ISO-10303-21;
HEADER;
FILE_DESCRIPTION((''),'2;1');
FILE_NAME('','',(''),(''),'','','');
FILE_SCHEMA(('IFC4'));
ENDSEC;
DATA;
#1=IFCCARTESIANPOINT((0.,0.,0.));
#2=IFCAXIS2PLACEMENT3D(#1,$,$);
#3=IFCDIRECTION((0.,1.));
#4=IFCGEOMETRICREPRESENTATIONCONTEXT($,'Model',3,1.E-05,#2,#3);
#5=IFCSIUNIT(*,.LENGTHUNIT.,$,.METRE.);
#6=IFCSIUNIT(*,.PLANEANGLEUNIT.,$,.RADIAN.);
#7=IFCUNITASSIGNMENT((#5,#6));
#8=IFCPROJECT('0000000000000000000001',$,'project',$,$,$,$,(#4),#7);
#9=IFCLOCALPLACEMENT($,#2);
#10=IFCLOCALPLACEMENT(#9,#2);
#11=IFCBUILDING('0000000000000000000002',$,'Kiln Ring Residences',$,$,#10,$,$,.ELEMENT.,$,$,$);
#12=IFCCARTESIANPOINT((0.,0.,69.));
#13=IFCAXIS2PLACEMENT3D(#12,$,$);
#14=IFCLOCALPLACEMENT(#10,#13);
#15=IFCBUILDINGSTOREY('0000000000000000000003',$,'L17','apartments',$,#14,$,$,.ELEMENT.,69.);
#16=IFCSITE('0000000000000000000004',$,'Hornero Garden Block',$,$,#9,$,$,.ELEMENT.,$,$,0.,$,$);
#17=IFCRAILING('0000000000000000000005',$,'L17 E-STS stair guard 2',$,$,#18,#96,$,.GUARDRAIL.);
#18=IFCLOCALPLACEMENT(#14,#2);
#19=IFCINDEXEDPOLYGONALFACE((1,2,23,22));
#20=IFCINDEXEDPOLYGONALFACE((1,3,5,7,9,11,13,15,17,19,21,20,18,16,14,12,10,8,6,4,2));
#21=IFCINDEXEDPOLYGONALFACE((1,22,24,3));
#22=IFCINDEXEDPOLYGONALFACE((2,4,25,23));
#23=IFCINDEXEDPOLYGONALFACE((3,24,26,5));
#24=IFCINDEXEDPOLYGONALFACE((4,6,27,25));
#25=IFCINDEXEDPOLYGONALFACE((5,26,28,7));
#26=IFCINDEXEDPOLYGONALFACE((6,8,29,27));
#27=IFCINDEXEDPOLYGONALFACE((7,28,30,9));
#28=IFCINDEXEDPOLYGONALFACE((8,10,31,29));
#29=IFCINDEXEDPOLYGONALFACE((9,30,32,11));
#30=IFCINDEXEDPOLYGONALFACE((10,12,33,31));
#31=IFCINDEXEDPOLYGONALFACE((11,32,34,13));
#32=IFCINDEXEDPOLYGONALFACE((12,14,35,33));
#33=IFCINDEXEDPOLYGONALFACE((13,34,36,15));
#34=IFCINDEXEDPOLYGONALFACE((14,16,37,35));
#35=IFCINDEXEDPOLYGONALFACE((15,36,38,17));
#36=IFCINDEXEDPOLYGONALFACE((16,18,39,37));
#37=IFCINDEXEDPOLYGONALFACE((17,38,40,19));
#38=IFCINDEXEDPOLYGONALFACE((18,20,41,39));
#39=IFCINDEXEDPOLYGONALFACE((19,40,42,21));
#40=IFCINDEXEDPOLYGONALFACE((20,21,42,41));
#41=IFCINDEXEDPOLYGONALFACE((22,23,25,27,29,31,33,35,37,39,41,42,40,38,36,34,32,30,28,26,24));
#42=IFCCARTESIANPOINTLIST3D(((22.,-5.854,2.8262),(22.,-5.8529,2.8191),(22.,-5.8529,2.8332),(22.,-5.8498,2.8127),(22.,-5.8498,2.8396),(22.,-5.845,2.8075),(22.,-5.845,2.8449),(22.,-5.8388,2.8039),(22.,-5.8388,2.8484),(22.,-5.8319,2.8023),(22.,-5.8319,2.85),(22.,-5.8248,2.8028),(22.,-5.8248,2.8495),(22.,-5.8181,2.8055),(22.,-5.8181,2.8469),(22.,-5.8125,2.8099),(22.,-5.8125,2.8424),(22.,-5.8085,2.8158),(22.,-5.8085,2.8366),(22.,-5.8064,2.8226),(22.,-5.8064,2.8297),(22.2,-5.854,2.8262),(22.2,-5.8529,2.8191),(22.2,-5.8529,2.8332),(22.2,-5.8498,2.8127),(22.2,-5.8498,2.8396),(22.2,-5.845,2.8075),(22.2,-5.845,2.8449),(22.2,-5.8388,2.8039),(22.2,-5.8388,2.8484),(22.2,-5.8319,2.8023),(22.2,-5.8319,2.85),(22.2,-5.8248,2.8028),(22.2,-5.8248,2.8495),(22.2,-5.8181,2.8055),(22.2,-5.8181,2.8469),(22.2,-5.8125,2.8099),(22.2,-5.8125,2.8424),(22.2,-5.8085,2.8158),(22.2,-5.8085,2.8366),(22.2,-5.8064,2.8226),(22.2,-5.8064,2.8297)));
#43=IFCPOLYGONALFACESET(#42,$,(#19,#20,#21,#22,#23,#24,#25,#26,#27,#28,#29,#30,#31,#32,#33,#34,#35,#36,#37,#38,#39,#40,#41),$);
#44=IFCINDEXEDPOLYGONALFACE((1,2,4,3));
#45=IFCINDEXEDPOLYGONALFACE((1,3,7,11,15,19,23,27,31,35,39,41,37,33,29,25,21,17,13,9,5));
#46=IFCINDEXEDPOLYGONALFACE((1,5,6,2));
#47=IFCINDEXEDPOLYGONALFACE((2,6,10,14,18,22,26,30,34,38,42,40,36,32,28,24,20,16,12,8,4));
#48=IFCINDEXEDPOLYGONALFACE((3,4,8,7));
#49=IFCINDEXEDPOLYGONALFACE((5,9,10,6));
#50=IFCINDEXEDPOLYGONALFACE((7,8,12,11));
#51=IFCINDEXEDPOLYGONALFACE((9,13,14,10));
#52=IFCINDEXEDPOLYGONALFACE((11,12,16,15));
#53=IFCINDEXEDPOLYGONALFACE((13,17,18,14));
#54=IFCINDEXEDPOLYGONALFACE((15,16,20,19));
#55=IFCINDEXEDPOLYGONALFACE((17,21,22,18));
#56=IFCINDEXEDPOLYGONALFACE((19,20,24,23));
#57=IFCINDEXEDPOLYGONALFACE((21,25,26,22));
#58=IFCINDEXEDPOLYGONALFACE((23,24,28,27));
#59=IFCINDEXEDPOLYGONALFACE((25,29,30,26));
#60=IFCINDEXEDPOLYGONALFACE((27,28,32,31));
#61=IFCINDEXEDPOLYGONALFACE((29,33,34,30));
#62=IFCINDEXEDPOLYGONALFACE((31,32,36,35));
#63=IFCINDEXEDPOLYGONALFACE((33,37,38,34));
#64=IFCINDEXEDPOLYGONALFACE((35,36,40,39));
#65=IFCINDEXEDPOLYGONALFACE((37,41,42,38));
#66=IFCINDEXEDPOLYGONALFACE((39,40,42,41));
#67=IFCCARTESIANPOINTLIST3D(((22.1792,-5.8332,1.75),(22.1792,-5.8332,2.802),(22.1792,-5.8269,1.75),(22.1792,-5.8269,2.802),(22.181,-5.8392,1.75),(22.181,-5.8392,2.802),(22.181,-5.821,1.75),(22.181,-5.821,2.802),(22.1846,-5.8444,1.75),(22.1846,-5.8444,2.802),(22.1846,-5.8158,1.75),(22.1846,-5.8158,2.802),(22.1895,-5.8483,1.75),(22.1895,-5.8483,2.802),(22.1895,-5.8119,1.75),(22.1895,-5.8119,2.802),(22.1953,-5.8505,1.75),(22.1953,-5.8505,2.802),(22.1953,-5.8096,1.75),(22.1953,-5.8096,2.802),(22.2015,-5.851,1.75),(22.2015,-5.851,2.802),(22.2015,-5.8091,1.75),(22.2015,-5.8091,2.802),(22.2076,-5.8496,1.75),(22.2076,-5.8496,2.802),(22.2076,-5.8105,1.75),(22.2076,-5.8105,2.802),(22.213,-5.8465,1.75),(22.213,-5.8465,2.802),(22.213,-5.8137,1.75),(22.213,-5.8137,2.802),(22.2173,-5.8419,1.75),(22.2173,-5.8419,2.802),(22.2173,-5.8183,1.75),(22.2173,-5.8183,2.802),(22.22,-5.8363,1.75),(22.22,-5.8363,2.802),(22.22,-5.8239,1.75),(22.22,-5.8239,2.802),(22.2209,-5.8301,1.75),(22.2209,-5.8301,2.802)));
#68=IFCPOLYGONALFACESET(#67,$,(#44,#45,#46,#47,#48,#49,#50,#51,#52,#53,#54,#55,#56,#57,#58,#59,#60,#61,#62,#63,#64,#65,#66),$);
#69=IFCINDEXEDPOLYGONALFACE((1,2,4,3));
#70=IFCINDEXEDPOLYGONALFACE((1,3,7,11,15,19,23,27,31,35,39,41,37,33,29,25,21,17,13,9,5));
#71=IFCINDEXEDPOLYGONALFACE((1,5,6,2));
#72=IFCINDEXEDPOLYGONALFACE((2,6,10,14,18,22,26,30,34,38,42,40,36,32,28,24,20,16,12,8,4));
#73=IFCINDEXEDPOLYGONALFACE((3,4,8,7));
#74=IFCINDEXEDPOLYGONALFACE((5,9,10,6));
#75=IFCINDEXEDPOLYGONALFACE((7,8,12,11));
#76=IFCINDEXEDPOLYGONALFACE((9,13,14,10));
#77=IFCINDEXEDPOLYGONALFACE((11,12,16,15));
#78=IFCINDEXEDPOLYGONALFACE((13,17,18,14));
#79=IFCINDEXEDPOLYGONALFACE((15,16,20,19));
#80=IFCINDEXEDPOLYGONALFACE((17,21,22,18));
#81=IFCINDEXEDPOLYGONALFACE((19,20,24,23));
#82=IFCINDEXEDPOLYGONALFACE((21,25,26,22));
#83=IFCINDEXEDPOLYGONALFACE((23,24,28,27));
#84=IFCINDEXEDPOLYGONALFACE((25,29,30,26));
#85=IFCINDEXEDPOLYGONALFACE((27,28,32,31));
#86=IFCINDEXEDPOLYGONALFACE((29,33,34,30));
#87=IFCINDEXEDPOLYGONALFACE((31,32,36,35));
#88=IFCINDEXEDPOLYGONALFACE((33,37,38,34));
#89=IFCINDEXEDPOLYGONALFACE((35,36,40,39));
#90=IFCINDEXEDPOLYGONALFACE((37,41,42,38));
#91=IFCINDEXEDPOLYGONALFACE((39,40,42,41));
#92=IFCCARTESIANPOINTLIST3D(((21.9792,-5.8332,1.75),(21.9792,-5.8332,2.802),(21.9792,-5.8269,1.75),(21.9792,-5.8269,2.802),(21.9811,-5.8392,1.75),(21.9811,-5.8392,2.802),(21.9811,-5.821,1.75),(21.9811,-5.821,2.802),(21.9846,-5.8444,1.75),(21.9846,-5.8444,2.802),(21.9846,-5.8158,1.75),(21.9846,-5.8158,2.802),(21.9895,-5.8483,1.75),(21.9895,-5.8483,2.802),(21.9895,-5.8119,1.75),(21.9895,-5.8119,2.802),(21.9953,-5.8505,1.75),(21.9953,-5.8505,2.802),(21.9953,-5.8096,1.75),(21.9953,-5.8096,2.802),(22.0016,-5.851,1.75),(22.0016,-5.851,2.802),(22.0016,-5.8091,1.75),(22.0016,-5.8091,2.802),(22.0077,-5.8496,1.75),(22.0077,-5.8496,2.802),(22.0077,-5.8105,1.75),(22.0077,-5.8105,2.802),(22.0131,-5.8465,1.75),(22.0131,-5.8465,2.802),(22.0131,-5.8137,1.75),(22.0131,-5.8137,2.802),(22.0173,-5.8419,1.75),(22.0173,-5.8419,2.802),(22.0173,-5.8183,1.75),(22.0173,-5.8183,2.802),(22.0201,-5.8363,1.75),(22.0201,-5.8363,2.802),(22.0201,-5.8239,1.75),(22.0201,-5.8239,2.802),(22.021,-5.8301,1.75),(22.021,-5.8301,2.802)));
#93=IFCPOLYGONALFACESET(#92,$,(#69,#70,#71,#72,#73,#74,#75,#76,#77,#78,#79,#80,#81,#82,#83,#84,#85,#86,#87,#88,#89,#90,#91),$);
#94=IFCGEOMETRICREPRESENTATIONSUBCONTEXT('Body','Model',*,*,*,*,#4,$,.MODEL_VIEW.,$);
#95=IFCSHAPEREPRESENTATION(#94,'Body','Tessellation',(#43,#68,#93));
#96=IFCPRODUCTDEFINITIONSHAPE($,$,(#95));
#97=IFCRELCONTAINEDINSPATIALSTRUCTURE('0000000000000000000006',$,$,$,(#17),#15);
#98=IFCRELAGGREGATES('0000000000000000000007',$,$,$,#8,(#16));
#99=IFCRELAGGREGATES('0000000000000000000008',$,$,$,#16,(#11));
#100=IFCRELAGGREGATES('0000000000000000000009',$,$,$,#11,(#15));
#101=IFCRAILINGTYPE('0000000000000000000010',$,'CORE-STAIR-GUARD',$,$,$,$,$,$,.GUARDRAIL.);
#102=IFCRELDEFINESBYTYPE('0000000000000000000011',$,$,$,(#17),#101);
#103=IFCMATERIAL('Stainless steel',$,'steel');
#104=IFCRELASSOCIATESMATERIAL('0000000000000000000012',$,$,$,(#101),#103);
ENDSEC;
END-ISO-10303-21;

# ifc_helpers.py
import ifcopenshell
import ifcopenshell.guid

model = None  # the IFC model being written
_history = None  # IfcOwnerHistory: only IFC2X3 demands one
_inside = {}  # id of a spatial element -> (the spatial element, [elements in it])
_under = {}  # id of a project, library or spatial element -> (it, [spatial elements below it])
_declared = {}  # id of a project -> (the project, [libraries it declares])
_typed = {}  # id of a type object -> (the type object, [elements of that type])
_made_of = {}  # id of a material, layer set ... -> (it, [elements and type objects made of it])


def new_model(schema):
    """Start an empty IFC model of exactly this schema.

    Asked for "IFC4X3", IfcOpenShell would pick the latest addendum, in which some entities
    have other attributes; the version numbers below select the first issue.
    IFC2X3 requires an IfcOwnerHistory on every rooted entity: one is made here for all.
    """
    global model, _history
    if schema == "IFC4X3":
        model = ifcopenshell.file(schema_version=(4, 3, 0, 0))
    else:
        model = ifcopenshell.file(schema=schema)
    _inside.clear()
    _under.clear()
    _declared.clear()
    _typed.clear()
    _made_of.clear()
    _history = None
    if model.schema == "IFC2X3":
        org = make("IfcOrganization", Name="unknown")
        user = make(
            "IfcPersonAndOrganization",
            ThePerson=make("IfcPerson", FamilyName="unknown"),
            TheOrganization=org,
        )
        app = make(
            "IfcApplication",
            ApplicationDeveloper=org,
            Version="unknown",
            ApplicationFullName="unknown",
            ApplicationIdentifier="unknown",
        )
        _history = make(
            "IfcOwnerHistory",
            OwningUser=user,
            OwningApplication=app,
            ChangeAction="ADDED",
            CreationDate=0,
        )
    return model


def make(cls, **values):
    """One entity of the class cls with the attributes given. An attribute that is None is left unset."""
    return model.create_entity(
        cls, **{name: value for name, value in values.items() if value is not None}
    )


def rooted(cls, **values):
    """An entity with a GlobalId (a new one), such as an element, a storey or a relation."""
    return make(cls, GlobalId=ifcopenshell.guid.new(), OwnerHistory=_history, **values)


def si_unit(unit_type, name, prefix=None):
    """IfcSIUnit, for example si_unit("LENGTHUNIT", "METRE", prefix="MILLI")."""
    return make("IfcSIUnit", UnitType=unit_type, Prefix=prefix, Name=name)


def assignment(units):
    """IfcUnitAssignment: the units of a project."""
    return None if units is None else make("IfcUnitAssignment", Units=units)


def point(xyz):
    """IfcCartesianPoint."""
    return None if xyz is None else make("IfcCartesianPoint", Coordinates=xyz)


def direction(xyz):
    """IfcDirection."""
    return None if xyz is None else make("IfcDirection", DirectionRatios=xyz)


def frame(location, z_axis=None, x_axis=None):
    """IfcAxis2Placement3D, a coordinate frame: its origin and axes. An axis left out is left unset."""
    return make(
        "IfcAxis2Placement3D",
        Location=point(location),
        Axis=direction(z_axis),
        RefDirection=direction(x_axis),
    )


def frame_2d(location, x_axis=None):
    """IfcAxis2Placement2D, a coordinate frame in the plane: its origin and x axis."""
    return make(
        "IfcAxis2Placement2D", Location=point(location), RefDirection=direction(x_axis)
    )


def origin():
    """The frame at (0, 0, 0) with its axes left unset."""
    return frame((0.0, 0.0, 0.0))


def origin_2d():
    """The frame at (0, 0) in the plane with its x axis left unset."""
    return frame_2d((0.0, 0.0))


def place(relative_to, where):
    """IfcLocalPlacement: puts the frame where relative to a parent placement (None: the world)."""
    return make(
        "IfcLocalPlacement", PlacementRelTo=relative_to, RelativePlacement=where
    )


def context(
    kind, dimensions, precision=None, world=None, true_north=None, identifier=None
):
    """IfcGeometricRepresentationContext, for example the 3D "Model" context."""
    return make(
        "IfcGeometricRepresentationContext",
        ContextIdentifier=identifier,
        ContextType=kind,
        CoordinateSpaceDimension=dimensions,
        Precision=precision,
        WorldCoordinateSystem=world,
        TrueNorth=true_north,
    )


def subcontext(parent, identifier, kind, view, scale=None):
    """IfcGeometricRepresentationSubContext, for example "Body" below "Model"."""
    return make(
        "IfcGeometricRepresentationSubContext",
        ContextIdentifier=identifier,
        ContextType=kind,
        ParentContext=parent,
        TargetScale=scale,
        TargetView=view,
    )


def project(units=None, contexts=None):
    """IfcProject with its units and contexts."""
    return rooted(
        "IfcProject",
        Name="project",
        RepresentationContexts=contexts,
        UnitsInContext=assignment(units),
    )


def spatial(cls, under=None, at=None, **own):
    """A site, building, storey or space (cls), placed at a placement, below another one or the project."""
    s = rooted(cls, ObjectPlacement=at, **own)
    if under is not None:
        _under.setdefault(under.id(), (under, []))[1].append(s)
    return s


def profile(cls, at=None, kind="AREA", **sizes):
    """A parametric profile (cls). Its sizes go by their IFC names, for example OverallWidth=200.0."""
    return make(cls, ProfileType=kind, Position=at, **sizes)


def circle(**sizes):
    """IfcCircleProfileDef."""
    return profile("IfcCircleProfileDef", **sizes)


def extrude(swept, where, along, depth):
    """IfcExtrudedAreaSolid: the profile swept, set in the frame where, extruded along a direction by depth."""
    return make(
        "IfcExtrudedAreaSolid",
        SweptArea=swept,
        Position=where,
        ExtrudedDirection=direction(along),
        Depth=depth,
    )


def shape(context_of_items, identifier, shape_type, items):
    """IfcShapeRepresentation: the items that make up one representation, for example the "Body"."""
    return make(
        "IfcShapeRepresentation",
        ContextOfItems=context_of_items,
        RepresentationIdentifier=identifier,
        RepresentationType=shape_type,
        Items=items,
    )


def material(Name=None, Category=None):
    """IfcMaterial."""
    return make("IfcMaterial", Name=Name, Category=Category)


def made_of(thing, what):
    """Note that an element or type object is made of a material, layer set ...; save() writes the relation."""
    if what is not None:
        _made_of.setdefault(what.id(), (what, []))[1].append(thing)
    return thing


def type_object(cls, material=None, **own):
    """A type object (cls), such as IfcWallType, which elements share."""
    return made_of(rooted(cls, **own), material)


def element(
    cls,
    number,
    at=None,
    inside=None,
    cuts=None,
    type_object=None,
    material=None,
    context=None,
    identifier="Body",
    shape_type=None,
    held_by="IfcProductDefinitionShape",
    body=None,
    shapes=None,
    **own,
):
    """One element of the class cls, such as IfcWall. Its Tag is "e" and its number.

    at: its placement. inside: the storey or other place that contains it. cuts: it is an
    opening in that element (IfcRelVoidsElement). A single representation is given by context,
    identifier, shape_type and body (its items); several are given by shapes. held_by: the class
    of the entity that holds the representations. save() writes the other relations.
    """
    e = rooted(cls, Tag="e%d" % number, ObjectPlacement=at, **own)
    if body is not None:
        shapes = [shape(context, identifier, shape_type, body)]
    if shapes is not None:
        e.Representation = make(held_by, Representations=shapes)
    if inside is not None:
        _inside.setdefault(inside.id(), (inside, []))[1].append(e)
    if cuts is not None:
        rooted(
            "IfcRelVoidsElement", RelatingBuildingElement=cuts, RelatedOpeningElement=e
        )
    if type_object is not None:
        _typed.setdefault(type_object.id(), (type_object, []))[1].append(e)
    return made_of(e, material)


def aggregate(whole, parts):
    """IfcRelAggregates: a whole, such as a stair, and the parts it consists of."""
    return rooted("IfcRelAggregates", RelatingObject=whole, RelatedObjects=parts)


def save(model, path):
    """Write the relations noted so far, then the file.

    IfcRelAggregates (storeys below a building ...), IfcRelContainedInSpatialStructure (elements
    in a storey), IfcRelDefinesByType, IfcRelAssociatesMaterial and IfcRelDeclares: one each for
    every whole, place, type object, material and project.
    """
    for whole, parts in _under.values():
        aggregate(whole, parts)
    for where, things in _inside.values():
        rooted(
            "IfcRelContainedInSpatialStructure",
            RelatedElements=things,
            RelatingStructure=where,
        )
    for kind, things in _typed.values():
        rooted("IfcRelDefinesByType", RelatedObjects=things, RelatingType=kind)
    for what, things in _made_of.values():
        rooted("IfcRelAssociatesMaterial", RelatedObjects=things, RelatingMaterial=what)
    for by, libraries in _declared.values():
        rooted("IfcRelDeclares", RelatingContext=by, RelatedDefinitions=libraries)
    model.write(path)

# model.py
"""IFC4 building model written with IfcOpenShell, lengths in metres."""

from ifc_helpers import new_model, si_unit, direction, frame, origin, origin_2d, place, context, subcontext, project, spatial, circle, extrude, material, type_object, element, save


model = new_model("IFC4")

# Units and contexts
model_context = context("Model", 3, precision=1e-05, world=origin(), true_north=direction((0.0, 1.0)))
body_context = subcontext(model_context, "Body", "Model", "MODEL_VIEW")
ifc_project = project(units=[si_unit("LENGTHUNIT", "METRE"), si_unit("PLANEANGLEUNIT", "RADIAN")], contexts=[model_context])

# Site, building, storey
site_placement = place(None, origin())
site = spatial("IfcSite", under=ifc_project, at=site_placement, Name="Hornero Garden Block", CompositionType="ELEMENT", RefElevation=0.0)
building_placement = place(site_placement, origin())
building = spatial("IfcBuilding", under=site, at=building_placement, Name="Kiln Ring Residences", CompositionType="ELEMENT")
storey_placement = place(building_placement, frame((0.0, 0.0, 69.0)))
storey = spatial("IfcBuildingStorey", under=building, at=storey_placement, Name="L17", Description="apartments", CompositionType="ELEMENT", Elevation=69.0)

# Railing
ifc_material_1 = material(Name="Stainless steel", Category="steel")
railing_type_1 = type_object("IfcRailingType", Name="CORE-STAIR-GUARD", PredefinedType="GUARDRAIL", material=ifc_material_1)
railing_1_placement = place(storey_placement, frame((22.2, -5.8301, 1.75)))
element("IfcRailing", 1, at=railing_1_placement, inside=storey, type_object=railing_type_1, Name="L17 E-STS stair guard 2", PredefinedType="GUARDRAIL", context=body_context, shape_type="SweptSolid", body=[
    extrude(circle(Radius=0.0239, at=origin_2d()), frame((0.0, 0.0, 1.0762), z_axis=(-1.0, 0.0, 0.0), x_axis=(0.0, -1.0, 0.0)), (0.0, 0.0, 1.0), 0.2),
    extrude(circle(Radius=0.021, at=origin_2d()), origin(), (0.0, 0.0, 1.0), 1.052),
    extrude(circle(Radius=0.021, at=origin_2d()), frame((-0.2, 0.0, 0.0)), (0.0, 0.0, 1.0), 1.052),
])

save(model, "model.ifc")
